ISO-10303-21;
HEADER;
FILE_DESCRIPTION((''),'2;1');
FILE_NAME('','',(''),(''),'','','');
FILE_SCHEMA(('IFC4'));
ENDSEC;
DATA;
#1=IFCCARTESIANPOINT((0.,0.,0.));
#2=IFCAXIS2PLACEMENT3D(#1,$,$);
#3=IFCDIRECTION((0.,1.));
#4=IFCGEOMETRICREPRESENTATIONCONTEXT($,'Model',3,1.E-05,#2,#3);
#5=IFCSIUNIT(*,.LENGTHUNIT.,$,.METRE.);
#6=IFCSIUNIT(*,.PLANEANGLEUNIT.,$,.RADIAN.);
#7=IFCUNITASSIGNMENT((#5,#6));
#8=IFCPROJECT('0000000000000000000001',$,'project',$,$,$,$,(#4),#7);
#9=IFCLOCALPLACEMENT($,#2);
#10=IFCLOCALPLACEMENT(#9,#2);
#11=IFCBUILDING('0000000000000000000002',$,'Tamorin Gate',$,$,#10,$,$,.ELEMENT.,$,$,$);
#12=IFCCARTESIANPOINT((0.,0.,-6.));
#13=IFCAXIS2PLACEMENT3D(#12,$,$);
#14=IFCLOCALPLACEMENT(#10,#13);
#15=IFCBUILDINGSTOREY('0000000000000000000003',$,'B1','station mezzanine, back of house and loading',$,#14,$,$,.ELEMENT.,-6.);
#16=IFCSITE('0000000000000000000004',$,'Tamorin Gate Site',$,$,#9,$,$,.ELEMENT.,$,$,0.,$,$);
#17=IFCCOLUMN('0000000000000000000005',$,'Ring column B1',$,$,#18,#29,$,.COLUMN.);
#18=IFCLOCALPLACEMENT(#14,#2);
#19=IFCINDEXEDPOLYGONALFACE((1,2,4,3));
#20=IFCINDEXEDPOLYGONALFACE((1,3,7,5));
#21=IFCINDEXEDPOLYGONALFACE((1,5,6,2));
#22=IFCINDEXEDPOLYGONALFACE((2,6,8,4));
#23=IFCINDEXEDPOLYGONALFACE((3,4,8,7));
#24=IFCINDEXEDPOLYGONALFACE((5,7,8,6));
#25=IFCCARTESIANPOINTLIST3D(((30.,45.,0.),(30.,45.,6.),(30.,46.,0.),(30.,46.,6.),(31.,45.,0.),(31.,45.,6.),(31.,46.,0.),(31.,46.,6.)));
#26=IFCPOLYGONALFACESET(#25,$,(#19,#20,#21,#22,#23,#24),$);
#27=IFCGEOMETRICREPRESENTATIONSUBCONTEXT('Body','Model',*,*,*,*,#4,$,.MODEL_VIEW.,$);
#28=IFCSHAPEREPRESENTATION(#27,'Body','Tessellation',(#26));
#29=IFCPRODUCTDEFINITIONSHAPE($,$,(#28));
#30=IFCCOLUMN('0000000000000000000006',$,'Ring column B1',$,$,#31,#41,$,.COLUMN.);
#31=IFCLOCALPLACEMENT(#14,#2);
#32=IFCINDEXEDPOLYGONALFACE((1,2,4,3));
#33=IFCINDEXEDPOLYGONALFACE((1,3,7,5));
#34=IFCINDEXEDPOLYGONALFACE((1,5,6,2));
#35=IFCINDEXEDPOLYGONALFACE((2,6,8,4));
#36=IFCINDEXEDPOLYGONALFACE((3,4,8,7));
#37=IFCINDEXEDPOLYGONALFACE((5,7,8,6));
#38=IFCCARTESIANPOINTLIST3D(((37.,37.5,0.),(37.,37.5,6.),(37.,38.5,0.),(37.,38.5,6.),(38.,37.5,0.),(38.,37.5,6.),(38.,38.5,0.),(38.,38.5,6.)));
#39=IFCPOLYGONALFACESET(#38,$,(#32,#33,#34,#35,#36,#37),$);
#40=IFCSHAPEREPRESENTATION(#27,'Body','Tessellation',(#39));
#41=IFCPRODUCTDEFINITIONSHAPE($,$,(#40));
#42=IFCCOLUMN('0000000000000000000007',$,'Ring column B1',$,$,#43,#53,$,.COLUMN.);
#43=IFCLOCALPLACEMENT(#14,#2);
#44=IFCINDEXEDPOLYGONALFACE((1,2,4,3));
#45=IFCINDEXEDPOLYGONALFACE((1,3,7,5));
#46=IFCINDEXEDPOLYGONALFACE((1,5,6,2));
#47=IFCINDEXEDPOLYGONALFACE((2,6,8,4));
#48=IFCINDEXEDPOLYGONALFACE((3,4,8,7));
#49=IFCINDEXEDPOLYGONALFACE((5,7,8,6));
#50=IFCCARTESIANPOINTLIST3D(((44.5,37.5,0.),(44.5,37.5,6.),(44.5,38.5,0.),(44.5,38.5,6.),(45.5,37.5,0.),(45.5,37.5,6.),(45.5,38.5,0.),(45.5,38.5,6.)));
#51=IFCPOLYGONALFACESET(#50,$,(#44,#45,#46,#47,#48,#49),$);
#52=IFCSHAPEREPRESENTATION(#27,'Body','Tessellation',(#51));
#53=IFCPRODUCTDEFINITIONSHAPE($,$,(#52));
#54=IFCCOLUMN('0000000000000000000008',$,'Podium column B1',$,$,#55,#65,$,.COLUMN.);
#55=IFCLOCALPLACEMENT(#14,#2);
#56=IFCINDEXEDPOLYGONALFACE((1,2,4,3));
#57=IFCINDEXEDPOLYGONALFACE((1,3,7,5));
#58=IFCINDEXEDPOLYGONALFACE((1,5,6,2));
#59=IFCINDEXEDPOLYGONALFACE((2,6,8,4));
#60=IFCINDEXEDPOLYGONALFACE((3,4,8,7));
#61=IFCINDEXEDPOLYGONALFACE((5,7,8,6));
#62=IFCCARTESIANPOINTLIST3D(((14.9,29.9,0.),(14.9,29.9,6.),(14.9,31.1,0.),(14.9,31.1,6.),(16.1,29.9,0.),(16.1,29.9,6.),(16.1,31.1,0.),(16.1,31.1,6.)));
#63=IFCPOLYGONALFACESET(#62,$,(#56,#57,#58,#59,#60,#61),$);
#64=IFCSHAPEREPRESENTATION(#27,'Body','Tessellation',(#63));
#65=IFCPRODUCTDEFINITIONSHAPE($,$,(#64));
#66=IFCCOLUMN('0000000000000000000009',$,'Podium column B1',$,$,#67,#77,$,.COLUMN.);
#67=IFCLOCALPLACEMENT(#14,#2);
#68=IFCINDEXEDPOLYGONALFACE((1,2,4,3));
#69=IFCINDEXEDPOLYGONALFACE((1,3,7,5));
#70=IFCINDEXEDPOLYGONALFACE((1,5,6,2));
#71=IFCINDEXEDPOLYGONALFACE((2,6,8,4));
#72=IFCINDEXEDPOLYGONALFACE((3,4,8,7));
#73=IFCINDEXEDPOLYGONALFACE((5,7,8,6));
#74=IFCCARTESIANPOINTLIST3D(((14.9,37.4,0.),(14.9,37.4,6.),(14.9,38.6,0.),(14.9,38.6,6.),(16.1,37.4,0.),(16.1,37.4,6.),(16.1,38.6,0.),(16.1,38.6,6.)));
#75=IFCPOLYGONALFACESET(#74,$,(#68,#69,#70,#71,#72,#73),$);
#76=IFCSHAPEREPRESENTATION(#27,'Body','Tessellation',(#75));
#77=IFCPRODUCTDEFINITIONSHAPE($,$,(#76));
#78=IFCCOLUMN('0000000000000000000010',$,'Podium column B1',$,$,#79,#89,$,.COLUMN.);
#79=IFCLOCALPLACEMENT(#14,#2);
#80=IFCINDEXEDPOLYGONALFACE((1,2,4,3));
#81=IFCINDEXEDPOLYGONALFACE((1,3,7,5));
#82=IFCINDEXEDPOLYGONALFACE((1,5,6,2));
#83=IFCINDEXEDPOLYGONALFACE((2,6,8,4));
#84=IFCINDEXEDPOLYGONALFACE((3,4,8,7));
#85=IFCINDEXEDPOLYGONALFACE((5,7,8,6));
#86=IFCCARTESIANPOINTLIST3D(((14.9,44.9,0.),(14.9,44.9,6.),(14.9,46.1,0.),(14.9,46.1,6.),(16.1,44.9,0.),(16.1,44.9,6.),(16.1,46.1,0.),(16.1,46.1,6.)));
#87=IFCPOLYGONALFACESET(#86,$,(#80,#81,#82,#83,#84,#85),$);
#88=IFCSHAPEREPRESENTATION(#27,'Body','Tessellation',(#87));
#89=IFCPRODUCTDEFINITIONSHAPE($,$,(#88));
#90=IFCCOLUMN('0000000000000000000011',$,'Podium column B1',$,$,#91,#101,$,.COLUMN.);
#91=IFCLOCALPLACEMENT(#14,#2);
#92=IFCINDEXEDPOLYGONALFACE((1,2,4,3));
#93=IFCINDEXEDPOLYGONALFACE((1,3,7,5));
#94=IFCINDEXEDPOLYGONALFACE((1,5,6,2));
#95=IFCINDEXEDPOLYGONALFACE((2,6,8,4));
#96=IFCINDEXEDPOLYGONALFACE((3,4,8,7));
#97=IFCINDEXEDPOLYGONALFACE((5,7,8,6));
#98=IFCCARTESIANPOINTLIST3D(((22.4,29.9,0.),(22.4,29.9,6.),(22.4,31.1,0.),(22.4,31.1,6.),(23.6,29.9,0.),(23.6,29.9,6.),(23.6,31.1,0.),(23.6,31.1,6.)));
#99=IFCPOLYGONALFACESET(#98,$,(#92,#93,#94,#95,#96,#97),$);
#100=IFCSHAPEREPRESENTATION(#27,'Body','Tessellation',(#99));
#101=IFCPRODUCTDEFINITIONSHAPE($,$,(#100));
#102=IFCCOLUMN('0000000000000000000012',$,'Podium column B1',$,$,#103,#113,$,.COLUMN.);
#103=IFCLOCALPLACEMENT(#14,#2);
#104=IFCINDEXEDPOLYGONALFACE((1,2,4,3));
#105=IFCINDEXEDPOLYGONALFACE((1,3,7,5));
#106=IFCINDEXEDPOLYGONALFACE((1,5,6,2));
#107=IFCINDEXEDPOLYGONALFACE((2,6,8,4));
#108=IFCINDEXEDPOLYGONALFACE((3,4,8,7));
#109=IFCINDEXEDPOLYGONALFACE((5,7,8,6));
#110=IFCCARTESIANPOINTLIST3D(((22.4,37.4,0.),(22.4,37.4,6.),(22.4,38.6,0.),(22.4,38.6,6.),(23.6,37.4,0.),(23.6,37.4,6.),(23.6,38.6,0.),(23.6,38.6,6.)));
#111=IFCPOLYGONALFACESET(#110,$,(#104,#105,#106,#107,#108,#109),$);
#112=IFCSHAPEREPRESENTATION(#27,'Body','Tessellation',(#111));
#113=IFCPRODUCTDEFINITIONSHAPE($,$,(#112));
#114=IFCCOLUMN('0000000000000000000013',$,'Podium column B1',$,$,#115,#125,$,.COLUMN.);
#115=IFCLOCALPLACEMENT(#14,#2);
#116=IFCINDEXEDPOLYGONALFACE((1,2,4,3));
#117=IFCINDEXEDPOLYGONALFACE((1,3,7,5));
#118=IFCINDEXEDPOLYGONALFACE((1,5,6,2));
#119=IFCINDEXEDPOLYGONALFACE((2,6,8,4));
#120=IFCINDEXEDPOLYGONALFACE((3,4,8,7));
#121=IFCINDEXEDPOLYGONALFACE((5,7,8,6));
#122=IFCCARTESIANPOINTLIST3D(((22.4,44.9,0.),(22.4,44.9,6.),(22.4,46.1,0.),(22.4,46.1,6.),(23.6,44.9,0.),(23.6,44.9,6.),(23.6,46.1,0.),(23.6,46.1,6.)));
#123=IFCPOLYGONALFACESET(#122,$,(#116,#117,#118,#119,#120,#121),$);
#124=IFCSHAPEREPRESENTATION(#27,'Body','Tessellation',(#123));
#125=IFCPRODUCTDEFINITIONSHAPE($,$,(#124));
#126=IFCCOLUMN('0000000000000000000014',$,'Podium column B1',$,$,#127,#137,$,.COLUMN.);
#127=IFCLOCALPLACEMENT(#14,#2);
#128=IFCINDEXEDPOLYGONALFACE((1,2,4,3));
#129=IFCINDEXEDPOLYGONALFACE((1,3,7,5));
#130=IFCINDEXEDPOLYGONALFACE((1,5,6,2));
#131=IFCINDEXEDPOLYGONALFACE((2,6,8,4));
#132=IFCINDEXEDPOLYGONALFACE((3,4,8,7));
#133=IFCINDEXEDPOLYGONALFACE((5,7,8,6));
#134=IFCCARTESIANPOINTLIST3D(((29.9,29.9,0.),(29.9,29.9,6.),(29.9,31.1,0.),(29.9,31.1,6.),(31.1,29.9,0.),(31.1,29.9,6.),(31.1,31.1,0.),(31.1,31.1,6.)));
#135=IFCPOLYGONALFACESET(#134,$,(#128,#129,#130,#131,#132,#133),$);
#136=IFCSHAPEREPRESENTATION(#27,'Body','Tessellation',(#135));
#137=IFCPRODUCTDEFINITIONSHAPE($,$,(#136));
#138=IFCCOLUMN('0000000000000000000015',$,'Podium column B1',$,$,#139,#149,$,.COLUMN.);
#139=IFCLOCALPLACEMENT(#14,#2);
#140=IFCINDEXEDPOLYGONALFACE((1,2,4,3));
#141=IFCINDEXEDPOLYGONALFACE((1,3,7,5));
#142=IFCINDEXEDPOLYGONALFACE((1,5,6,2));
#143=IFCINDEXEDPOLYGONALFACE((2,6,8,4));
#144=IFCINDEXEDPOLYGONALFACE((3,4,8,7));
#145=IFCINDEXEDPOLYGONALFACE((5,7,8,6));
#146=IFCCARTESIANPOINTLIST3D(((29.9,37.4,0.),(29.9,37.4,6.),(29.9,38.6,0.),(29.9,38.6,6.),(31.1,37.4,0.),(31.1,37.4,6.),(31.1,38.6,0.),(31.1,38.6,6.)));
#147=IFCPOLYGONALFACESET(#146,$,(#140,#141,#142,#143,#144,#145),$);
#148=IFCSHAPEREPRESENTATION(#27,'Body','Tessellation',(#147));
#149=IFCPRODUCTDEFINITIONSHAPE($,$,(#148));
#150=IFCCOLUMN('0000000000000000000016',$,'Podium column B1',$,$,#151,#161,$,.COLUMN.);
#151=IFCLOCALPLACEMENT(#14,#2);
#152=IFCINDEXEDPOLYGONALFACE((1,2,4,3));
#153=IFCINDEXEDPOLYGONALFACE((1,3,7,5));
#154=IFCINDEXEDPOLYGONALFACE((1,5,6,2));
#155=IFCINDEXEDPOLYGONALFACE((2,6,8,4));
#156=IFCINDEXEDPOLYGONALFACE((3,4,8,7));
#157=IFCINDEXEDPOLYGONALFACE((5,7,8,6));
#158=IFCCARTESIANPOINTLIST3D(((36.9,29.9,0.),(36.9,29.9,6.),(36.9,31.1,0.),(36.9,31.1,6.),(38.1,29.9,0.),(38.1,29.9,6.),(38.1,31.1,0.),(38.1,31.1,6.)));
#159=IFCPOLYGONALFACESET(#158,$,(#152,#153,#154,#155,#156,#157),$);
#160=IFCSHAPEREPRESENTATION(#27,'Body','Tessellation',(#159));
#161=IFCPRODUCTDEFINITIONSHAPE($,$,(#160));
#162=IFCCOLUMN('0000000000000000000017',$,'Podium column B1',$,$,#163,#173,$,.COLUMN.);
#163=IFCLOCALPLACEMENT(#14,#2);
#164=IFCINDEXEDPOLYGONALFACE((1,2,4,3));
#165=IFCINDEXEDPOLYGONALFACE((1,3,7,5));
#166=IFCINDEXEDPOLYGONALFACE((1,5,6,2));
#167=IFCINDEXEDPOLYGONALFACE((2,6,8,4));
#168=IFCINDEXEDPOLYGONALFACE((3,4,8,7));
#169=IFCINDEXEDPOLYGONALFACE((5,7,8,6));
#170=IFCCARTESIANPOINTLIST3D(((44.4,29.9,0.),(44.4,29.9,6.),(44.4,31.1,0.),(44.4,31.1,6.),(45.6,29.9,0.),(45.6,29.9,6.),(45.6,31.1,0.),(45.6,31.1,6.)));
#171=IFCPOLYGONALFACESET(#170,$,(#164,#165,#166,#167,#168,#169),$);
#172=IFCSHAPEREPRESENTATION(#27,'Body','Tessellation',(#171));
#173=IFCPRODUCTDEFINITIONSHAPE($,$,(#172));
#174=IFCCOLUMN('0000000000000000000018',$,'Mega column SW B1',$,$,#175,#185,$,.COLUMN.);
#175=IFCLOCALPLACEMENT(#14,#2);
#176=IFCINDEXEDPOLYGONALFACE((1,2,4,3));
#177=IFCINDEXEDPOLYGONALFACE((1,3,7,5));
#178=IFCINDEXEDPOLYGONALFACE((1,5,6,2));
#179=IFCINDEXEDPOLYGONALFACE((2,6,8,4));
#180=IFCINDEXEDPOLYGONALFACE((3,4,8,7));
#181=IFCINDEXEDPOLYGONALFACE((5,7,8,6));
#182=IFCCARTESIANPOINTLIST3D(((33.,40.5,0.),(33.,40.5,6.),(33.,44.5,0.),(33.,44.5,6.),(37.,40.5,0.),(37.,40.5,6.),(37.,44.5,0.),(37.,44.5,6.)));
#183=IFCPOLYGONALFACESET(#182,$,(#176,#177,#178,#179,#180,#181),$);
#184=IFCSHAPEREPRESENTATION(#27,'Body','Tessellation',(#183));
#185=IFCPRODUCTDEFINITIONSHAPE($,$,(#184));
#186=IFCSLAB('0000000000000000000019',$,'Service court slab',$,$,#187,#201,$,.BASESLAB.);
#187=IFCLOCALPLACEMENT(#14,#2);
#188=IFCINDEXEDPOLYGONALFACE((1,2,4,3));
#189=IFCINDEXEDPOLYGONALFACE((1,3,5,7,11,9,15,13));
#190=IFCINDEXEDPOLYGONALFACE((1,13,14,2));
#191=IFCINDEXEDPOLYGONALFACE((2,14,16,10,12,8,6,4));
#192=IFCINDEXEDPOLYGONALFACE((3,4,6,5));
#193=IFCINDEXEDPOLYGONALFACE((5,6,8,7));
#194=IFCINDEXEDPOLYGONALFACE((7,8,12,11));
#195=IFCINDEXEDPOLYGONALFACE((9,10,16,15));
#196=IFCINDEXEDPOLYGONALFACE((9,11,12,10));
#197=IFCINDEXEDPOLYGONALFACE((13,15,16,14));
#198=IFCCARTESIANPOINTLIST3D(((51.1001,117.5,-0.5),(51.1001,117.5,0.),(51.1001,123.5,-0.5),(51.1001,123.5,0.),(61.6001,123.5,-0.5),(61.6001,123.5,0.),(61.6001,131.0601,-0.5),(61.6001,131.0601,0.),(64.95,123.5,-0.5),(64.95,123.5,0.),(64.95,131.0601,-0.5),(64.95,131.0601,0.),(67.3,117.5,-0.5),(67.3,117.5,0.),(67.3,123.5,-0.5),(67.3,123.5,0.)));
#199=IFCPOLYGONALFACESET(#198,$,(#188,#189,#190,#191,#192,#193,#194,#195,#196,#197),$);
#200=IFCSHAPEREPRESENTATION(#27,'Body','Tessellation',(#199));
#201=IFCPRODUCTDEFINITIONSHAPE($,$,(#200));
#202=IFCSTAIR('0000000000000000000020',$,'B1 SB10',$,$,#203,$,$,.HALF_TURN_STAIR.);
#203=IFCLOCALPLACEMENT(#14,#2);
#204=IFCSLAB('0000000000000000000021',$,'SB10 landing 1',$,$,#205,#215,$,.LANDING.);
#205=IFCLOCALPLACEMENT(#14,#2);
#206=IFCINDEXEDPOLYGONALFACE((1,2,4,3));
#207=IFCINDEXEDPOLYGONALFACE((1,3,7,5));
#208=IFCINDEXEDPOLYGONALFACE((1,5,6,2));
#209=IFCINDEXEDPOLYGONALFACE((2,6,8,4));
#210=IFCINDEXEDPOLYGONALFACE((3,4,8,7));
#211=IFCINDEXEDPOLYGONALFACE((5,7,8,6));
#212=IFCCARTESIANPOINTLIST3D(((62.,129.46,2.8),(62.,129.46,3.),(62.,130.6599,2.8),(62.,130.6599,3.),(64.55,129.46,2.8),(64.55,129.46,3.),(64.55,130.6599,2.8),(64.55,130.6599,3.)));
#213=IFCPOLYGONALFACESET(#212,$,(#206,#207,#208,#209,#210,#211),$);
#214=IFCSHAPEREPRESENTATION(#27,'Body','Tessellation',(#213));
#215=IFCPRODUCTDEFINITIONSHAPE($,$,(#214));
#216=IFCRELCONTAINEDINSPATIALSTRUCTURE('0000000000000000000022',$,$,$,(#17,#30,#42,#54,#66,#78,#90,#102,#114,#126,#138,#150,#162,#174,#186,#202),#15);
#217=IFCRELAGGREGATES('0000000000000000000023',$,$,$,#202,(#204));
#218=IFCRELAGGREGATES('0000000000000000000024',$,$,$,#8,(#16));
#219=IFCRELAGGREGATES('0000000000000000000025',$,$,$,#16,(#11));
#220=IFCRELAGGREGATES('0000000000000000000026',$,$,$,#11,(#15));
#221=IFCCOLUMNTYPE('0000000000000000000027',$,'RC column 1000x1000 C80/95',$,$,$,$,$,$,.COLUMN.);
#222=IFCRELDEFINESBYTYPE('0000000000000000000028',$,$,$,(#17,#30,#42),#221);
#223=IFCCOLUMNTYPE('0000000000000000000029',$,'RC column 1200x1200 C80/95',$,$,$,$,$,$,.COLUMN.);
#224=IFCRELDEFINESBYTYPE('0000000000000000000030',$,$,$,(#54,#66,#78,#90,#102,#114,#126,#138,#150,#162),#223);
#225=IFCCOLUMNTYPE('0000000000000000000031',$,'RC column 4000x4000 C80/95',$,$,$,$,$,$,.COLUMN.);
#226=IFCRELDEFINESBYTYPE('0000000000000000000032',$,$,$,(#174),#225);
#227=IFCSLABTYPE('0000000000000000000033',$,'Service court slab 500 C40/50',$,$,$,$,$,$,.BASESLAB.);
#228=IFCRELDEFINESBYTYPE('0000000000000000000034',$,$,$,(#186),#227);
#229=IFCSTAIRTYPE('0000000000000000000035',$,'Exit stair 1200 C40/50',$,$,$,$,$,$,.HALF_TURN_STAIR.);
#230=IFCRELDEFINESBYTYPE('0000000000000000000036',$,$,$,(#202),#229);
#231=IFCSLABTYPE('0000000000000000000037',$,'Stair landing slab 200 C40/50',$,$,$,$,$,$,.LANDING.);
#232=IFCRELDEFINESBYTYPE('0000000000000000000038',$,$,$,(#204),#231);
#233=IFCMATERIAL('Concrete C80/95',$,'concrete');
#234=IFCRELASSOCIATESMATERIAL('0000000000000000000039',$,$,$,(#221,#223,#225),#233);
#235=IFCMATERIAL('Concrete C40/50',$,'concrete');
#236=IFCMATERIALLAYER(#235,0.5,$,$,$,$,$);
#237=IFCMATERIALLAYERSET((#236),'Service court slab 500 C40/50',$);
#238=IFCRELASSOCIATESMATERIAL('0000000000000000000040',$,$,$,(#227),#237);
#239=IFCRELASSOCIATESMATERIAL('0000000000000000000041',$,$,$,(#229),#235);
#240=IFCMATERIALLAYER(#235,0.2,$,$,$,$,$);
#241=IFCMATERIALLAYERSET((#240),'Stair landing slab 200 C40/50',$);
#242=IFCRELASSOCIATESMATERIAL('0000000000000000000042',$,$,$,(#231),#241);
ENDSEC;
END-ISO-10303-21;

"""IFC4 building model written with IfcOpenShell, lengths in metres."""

from ifc_helpers import new_model, si_unit, direction, frame, origin, origin_2d, place, context, subcontext, project, spatial, polyline, rectangle, outline, extrude, material, layer, layer_set, material_profile, profile_set, type_object, element, aggregate, save


model = new_model("IFC4")

# Units and contexts
model_context = context("Model", 3, precision=1e-05, world=origin(), true_north=direction((0.0, 1.0)))
body_context = subcontext(model_context, "Body", "Model", "MODEL_VIEW")
ifc_project = project(units=[si_unit("LENGTHUNIT", "METRE"), si_unit("PLANEANGLEUNIT", "RADIAN")], contexts=[model_context])

# Site, building, storey
site_placement = place(None, origin())
site = spatial("IfcSite", under=ifc_project, at=site_placement, Name="Tamorin Gate Site", CompositionType="ELEMENT", RefElevation=0.0)
building_placement = place(site_placement, origin())
building = spatial("IfcBuilding", under=site, at=building_placement, Name="Tamorin Gate", CompositionType="ELEMENT")
storey_placement = place(building_placement, frame((0.0, 0.0, -6.0)))
storey = spatial("IfcBuildingStorey", under=building, at=storey_placement, Name="B1", Description="station mezzanine, back of house and loading", CompositionType="ELEMENT", Elevation=-6.0)

# Columns
ifc_material_1 = material(Name="Concrete C80/95", Category="concrete")
ifc_material_profile_1 = material_profile(ifc_material_1, rectangle(XDim=1.0, YDim=1.0, at=origin_2d()), Name="RC 1000x1000")
ifc_profile_set_1 = profile_set([ifc_material_profile_1], Name="Concrete C80/95")
column_type_1 = type_object("IfcColumnType", Name="RC column 1000x1000 C80/95", PredefinedType="COLUMN", material=ifc_profile_set_1)
for number, where, z_axis, x_axis, name in (
    (1, (30.5, 45.5, 0.0), (0.0, 0.0, 1.0), (1.0, 0.0, 0.0), "Ring column B1"),
    (2, (37.5, 38.0, 0.0), (0.0, 0.0, 1.0), (1.0, 0.0, 0.0), "Ring column B1"),
    (3, (45.0, 38.0, 0.0), (0.0, 0.0, 1.0), (1.0, 0.0, 0.0), "Ring column B1"),
):
    element("IfcColumn", number, at=place(storey_placement, frame(where, z_axis=z_axis, x_axis=x_axis)), inside=storey, type_object=column_type_1, Name=name, PredefinedType="COLUMN", context=body_context, shape_type="SweptSolid", body=[
        extrude(rectangle(XDim=1.0, YDim=1.0, at=origin_2d()), origin(), (0.0, 0.0, 1.0), 6.0),
    ])
ifc_material_profile_2 = material_profile(ifc_material_1, rectangle(XDim=1.2, YDim=1.2, at=origin_2d()), Name="RC 1200x1200")
ifc_profile_set_2 = profile_set([ifc_material_profile_2], Name="Concrete C80/95")
column_type_2 = type_object("IfcColumnType", Name="RC column 1200x1200 C80/95", PredefinedType="COLUMN", material=ifc_profile_set_2)
for number, where, z_axis, x_axis, name in (
    (4, (15.5, 30.5, 0.0), (0.0, 0.0, 1.0), (1.0, 0.0, 0.0), "Podium column B1"),
    (5, (15.5, 38.0, 0.0), (0.0, 0.0, 1.0), (1.0, 0.0, 0.0), "Podium column B1"),
    (6, (15.5, 45.5, 0.0), (0.0, 0.0, 1.0), (1.0, 0.0, 0.0), "Podium column B1"),
    (7, (23.0, 30.5, 0.0), (0.0, 0.0, 1.0), (1.0, 0.0, 0.0), "Podium column B1"),
    (8, (23.0, 38.0, 0.0), (0.0, 0.0, 1.0), (1.0, 0.0, 0.0), "Podium column B1"),
    (9, (23.0, 45.5, 0.0), (0.0, 0.0, 1.0), (1.0, 0.0, 0.0), "Podium column B1"),
    (10, (30.5, 30.5, 0.0), (0.0, 0.0, 1.0), (1.0, 0.0, 0.0), "Podium column B1"),
    (11, (30.5, 38.0, 0.0), (0.0, 0.0, 1.0), (1.0, 0.0, 0.0), "Podium column B1"),
    (12, (37.5, 30.5, 0.0), (0.0, 0.0, 1.0), (1.0, 0.0, 0.0), "Podium column B1"),
    (13, (45.0, 30.5, 0.0), (0.0, 0.0, 1.0), (1.0, 0.0, 0.0), "Podium column B1"),
):
    element("IfcColumn", number, at=place(storey_placement, frame(where, z_axis=z_axis, x_axis=x_axis)), inside=storey, type_object=column_type_2, Name=name, PredefinedType="COLUMN", context=body_context, shape_type="SweptSolid", body=[
        extrude(rectangle(XDim=1.2, YDim=1.2, at=origin_2d()), origin(), (0.0, 0.0, 1.0), 6.0),
    ])
ifc_material_profile_3 = material_profile(ifc_material_1, rectangle(XDim=4.0, YDim=4.0, at=origin_2d()), Name="RC 4000x4000")
ifc_profile_set_3 = profile_set([ifc_material_profile_3], Name="Concrete C80/95")
column_type_3 = type_object("IfcColumnType", Name="RC column 4000x4000 C80/95", PredefinedType="COLUMN", material=ifc_profile_set_3)
column_placement = place(storey_placement, frame((35.0, 42.5, 0.0), z_axis=(0.0, 0.0, 1.0), x_axis=(1.0, 0.0, 0.0)))
element("IfcColumn", 14, at=column_placement, inside=storey, type_object=column_type_3, Name="Mega column SW B1", PredefinedType="COLUMN", context=body_context, shape_type="SweptSolid", body=[
    extrude(rectangle(XDim=4.0, YDim=4.0, at=origin_2d()), origin(), (0.0, 0.0, 1.0), 6.0),
])

# Slab
ifc_material_2 = material(Name="Concrete C40/50", Category="concrete")
ifc_layer_1 = layer(ifc_material_2, 0.5)
ifc_layer_set_1 = layer_set([ifc_layer_1], Name="Service court slab 500 C40/50")
slab_type_1 = type_object("IfcSlabType", Name="Service court slab 500 C40/50", PredefinedType="BASESLAB", material=ifc_layer_set_1)
slab_1_placement = place(storey_placement, frame((0.0, 0.0, -0.5)))
element("IfcSlab", 15, at=slab_1_placement, inside=storey, type_object=slab_type_1, Name="Service court slab", PredefinedType="BASESLAB", context=body_context, shape_type="SweptSolid", body=[
    extrude(outline(polyline([(67.3, 123.5), (67.3, 117.5), (51.1001, 117.5), (51.1001, 123.5), (61.6001, 123.5), (61.6001, 131.0601), (64.95, 131.0601), (64.95, 123.5), (67.3, 123.5)])), origin(), (0.0, 0.0, 1.0), 0.5),
])

# Stair, slab
stair_type = type_object("IfcStairType", Name="Exit stair 1200 C40/50", PredefinedType="HALF_TURN_STAIR", material=ifc_material_2)
stair_placement = place(storey_placement, origin())
stair = element("IfcStair", 16, at=stair_placement, inside=storey, type_object=stair_type, Name="B1 SB10", PredefinedType="HALF_TURN_STAIR")
ifc_layer_2 = layer(ifc_material_2, 0.2)
ifc_layer_set_2 = layer_set([ifc_layer_2], Name="Stair landing slab 200 C40/50")
slab_type_2 = type_object("IfcSlabType", Name="Stair landing slab 200 C40/50", PredefinedType="LANDING", material=ifc_layer_set_2)
slab_2_placement = place(storey_placement, frame((0.0, 0.0, 2.8)))
slab_2 = element("IfcSlab", 17, at=slab_2_placement, type_object=slab_type_2, Name="SB10 landing 1", PredefinedType="LANDING", context=body_context, shape_type="SweptSolid", body=[
    extrude(outline(polyline([(64.55, 129.46), (64.55, 130.6599), (62.0, 130.6599), (62.0, 129.46), (64.55, 129.46)])), origin(), (0.0, 0.0, 1.0), 0.2),
])
aggregate(stair, [slab_2])

save(model, "model.ifc")
